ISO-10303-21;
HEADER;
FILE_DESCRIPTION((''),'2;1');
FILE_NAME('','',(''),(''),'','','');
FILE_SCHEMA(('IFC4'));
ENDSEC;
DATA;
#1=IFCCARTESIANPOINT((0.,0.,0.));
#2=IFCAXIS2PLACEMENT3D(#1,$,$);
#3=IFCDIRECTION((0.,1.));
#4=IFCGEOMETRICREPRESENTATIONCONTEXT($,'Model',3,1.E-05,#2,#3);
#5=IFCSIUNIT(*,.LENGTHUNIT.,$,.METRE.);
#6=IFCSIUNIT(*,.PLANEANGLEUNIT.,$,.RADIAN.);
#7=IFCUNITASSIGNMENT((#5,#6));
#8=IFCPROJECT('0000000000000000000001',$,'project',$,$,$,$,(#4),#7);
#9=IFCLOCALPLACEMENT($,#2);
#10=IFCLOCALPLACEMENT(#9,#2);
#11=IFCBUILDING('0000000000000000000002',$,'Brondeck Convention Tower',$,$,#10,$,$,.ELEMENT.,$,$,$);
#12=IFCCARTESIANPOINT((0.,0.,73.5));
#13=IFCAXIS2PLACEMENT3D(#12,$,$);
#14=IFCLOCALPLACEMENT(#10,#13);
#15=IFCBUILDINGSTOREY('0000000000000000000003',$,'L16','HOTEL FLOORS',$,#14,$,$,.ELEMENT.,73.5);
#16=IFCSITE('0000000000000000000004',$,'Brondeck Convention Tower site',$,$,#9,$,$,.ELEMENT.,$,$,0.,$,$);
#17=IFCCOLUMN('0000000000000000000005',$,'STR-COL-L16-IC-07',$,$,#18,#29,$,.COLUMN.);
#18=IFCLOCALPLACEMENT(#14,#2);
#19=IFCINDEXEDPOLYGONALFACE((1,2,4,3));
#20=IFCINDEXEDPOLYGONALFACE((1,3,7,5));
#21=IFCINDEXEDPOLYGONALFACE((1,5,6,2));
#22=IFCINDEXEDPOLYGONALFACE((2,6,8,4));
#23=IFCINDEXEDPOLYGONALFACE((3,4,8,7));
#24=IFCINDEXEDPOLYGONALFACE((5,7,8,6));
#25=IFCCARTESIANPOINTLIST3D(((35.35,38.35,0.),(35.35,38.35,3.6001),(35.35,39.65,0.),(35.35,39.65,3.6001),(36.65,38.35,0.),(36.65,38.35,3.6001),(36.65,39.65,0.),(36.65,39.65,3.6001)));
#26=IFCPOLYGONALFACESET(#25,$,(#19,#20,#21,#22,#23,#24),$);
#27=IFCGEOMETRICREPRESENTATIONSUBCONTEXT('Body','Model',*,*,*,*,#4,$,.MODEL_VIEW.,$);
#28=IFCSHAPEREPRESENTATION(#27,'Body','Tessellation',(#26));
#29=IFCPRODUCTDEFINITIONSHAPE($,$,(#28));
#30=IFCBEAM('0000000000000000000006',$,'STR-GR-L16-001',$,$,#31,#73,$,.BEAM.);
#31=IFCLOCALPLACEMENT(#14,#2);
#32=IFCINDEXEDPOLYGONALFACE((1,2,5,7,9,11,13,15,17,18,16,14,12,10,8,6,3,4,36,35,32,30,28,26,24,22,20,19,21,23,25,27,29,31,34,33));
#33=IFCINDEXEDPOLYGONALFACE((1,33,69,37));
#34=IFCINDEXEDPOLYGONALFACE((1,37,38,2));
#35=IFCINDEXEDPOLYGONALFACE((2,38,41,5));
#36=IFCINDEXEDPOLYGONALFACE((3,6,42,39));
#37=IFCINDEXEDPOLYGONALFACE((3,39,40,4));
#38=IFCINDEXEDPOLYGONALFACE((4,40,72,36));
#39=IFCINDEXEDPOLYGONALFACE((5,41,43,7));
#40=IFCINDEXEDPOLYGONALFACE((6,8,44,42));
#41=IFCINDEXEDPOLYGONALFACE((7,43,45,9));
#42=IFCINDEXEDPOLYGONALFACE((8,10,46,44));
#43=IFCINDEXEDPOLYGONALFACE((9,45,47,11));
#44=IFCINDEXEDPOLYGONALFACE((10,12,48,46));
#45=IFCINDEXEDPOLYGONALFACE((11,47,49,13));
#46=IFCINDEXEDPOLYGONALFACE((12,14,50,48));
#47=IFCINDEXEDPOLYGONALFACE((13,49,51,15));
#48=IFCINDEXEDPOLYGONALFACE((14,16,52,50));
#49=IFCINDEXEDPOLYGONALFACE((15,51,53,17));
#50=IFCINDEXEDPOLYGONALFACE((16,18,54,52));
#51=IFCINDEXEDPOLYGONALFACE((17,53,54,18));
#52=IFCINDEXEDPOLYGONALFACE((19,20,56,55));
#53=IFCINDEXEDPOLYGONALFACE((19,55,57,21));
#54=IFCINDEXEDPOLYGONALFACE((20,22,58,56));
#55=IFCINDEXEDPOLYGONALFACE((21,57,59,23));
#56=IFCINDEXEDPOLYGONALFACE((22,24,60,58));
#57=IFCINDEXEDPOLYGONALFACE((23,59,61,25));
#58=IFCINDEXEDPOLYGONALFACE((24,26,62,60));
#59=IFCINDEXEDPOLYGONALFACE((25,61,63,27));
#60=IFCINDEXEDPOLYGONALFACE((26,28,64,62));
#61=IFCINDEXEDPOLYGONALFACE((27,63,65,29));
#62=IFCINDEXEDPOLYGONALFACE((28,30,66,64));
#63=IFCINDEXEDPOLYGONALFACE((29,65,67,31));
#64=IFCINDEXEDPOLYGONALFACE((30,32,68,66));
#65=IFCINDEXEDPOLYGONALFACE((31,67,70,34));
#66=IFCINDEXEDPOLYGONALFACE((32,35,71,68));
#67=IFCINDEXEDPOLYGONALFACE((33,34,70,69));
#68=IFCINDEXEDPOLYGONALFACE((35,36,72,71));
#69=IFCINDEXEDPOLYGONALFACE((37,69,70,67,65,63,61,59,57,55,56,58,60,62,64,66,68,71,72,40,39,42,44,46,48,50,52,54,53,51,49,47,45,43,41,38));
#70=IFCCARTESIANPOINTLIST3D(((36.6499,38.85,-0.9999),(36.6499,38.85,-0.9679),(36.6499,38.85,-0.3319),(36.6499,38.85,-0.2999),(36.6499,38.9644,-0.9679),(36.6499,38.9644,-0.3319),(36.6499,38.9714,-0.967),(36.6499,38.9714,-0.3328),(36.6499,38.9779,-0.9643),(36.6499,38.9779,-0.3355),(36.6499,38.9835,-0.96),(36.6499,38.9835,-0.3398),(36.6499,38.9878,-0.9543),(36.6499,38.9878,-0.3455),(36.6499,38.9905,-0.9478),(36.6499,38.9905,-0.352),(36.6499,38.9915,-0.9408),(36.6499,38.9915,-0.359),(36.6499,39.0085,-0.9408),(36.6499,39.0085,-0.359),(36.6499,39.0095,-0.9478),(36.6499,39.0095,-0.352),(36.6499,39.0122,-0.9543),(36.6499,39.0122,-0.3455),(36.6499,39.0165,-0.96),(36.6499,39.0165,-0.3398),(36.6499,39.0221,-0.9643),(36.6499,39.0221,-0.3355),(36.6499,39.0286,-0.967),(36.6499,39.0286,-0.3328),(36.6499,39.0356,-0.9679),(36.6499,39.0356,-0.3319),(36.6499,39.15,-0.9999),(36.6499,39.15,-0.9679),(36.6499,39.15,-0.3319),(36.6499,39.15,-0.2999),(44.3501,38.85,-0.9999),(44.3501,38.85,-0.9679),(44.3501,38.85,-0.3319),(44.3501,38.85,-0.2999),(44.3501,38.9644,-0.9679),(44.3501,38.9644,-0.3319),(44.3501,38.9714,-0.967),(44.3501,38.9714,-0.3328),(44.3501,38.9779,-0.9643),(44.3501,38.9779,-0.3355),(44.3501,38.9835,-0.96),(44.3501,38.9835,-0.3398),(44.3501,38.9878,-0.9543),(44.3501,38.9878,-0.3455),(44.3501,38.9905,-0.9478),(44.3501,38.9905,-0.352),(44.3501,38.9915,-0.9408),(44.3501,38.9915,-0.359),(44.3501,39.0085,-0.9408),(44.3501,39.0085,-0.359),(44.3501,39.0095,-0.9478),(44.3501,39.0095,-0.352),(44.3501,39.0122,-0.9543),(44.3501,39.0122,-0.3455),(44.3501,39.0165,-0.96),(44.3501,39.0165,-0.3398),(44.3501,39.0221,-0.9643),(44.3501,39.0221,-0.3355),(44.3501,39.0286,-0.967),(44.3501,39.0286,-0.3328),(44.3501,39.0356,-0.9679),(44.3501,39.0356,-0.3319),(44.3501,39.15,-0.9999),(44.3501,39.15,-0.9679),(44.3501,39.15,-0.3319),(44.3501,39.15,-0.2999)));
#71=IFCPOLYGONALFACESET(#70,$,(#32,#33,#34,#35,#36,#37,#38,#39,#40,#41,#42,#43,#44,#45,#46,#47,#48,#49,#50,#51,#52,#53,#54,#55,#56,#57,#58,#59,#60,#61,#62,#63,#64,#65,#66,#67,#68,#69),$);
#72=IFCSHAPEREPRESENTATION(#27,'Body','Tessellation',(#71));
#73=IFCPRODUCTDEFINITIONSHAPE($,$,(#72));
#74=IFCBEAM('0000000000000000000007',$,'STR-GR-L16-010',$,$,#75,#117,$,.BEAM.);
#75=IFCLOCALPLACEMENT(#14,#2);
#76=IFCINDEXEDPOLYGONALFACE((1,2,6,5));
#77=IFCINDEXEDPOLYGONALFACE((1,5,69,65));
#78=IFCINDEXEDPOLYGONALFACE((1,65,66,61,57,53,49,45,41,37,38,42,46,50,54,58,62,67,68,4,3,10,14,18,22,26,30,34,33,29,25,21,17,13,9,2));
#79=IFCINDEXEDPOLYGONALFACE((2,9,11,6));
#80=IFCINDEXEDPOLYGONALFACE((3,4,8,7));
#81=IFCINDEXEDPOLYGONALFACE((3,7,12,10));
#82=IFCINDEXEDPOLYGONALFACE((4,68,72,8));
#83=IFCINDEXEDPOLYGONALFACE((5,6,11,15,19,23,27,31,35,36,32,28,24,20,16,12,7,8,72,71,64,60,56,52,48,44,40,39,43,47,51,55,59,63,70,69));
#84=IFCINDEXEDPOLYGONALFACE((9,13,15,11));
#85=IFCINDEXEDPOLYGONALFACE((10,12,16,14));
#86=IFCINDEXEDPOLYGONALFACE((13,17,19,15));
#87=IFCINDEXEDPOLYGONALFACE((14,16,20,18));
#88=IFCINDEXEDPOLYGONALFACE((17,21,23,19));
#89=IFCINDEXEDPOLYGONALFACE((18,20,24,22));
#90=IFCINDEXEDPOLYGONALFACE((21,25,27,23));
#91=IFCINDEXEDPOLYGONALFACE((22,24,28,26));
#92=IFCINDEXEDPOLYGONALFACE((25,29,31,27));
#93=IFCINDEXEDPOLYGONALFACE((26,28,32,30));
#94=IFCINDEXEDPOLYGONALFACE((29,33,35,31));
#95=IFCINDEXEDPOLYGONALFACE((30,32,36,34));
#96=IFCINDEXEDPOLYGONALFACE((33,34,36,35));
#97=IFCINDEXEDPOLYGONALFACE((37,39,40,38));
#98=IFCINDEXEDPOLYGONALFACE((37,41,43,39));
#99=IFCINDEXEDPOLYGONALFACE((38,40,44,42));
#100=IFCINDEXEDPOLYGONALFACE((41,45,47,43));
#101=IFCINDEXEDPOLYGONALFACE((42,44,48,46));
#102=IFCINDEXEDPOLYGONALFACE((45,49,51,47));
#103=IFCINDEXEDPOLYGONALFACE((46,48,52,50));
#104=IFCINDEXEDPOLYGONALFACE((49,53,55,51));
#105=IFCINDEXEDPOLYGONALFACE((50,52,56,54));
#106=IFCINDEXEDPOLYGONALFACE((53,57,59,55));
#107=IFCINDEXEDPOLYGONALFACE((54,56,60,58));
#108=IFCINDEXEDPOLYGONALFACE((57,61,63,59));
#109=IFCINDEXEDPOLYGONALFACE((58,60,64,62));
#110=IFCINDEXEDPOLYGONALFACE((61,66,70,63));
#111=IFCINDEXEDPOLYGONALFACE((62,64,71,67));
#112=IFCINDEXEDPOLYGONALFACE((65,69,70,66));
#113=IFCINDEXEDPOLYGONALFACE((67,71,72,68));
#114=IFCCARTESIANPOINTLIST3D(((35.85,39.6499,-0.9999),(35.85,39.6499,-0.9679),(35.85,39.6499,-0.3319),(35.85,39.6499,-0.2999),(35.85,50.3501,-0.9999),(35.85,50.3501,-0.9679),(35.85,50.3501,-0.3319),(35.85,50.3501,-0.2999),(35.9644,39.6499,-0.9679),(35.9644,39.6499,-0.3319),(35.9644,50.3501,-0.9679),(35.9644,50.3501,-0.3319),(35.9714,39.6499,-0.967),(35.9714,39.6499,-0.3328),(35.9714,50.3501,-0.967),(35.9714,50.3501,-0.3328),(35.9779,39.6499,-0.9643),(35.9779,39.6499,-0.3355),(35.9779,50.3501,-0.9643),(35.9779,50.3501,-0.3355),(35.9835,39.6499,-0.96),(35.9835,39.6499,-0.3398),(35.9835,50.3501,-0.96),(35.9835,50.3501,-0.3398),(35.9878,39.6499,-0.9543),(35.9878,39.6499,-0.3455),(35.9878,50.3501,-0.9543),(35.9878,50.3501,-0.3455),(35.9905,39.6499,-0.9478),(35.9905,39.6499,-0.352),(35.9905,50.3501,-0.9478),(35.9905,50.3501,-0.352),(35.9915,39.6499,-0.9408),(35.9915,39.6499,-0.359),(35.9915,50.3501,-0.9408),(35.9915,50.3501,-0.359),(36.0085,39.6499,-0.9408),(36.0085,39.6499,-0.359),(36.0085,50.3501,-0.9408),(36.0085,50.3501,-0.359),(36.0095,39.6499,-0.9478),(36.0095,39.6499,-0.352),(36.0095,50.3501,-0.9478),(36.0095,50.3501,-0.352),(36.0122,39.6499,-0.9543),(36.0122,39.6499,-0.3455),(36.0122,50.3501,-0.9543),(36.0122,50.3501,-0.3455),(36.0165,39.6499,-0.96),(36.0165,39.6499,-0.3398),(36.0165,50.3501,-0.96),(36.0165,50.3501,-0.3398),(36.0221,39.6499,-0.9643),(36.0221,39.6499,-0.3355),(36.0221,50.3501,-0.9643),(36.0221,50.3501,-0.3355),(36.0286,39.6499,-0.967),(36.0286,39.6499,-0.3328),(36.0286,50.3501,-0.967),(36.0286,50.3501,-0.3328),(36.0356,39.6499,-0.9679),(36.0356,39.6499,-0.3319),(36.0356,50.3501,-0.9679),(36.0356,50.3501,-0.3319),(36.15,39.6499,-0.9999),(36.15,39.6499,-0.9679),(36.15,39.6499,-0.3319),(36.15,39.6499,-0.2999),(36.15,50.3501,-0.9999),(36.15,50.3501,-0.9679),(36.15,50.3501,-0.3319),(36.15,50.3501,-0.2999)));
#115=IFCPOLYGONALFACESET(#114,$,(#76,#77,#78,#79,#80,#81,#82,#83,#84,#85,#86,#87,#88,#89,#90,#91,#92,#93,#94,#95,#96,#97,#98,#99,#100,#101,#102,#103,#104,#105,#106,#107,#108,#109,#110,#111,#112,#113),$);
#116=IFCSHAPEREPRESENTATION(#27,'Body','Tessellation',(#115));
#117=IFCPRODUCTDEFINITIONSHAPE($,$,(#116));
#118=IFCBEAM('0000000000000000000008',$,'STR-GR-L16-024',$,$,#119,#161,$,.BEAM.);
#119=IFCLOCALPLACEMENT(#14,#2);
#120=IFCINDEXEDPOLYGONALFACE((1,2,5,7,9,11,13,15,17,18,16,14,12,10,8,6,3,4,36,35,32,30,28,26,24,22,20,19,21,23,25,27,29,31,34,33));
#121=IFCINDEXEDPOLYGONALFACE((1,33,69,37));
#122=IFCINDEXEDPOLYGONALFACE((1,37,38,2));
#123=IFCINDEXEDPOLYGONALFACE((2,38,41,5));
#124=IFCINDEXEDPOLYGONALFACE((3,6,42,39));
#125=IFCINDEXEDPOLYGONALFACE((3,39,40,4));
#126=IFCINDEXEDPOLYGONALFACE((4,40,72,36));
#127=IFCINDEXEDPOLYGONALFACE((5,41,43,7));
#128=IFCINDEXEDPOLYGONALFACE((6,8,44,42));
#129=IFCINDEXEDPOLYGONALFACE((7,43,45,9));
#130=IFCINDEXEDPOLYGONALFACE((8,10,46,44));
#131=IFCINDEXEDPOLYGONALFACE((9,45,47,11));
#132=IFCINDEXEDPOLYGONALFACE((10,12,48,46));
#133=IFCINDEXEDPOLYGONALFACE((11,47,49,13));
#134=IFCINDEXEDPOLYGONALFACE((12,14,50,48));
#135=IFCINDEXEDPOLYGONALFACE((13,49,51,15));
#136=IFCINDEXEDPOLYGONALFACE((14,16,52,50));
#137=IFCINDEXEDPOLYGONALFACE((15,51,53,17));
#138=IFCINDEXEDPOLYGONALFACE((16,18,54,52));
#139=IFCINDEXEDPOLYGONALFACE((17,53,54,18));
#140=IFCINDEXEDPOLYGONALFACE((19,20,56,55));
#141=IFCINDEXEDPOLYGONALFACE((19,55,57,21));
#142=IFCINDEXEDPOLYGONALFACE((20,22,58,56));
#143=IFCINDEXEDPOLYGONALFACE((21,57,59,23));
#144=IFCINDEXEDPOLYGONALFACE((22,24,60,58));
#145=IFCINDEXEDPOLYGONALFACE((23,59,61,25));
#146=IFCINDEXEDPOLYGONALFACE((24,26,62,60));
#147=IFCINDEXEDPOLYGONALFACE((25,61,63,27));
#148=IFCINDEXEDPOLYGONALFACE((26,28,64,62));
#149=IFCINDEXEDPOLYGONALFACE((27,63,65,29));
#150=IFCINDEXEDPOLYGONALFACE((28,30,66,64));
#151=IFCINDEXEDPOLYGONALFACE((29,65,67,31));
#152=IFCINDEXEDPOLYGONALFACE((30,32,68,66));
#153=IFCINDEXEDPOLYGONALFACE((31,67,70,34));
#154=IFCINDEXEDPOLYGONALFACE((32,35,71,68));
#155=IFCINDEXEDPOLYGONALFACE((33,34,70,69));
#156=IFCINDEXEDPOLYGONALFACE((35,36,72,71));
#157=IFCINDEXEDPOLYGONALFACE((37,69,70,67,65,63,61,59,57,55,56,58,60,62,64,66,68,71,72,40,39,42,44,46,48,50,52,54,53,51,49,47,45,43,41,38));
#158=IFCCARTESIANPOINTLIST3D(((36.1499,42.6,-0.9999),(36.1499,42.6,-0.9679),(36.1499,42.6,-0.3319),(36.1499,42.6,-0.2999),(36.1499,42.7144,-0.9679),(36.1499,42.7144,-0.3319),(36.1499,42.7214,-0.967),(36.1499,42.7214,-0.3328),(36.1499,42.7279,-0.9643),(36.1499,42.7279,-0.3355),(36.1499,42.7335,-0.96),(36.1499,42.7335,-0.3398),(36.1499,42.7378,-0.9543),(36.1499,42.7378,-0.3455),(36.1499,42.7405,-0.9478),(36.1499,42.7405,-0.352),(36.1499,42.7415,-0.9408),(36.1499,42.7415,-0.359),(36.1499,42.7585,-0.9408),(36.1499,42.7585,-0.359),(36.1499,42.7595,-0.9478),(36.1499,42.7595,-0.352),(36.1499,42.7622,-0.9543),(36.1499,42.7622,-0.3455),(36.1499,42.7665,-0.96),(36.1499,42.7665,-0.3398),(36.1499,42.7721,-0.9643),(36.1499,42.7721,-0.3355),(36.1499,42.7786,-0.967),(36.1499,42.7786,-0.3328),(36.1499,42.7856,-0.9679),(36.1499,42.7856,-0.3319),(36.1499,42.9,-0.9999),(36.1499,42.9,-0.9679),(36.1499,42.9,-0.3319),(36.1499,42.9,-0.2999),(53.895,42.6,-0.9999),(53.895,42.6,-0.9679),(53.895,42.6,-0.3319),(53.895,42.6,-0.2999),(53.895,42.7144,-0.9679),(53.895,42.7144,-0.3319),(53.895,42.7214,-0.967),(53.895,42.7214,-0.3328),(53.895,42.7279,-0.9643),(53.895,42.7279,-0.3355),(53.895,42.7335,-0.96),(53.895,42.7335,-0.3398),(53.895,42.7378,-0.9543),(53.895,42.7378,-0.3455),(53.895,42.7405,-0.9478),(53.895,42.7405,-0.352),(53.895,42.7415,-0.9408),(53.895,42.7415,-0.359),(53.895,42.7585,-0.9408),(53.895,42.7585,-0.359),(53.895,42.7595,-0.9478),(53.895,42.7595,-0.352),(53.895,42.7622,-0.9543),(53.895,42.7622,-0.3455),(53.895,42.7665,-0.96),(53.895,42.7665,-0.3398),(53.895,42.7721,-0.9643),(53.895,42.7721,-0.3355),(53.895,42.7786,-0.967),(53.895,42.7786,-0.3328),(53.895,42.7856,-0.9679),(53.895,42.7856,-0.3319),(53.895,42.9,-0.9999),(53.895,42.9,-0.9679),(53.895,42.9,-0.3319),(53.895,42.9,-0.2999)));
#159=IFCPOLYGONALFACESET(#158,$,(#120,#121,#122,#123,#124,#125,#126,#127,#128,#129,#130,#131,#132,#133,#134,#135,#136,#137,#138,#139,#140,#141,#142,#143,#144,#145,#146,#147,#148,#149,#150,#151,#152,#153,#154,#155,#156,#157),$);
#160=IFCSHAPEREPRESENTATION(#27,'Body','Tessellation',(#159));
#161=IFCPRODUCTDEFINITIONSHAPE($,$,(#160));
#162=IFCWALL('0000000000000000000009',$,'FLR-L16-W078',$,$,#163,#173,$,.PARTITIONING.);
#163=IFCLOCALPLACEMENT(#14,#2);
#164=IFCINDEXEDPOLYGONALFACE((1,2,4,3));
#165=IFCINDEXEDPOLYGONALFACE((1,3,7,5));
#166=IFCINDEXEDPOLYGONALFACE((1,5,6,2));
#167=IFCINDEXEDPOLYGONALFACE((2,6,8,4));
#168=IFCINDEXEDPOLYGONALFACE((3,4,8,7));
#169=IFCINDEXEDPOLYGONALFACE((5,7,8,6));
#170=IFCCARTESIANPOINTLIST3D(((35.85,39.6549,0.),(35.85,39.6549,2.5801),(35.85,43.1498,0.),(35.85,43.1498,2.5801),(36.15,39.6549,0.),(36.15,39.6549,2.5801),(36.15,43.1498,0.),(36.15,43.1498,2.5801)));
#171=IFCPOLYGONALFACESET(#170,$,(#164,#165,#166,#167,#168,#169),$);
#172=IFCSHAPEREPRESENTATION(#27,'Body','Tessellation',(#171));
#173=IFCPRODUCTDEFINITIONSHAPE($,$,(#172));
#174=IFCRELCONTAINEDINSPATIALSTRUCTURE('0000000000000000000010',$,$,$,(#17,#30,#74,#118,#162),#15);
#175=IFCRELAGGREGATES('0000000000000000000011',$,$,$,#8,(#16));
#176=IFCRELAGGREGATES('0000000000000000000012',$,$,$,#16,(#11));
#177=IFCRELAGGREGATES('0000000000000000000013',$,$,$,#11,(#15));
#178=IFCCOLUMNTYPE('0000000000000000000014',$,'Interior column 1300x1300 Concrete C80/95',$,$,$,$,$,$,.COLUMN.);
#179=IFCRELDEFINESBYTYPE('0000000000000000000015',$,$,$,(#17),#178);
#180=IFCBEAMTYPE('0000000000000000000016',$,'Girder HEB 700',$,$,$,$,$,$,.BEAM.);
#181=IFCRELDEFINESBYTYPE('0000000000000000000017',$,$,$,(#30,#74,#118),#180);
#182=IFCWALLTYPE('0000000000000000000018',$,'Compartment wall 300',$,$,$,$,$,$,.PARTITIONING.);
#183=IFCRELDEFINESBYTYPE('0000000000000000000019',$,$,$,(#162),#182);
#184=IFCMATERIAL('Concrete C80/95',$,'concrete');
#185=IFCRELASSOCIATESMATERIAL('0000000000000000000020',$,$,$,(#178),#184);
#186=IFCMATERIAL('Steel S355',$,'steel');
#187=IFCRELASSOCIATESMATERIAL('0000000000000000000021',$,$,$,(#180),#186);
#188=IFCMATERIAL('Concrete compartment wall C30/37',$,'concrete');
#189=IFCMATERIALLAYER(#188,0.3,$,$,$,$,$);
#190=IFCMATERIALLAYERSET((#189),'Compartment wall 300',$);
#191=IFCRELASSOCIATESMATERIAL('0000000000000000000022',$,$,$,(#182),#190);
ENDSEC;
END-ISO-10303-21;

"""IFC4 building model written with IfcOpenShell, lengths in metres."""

from ifc_helpers import new_model, si_unit, direction, frame, frame_2d, origin, origin_2d, place, context, subcontext, project, spatial, rectangle, i_section, extrude, material, layer, layer_set, material_profile, profile_set, type_object, element, save


model = new_model("IFC4")

# Units and contexts
model_context = context("Model", 3, precision=1e-05, world=origin(), true_north=direction((0.0, 1.0)))
body_context = subcontext(model_context, "Body", "Model", "MODEL_VIEW")
ifc_project = project(units=[si_unit("LENGTHUNIT", "METRE"), si_unit("PLANEANGLEUNIT", "RADIAN")], contexts=[model_context])

# Site, building, storey
site_placement = place(None, origin())
site = spatial("IfcSite", under=ifc_project, at=site_placement, Name="Brondeck Convention Tower site", CompositionType="ELEMENT", RefElevation=0.0)
building_placement = place(site_placement, origin())
building = spatial("IfcBuilding", under=site, at=building_placement, Name="Brondeck Convention Tower", CompositionType="ELEMENT")
storey_placement = place(building_placement, frame((0.0, 0.0, 73.5)))
storey = spatial("IfcBuildingStorey", under=building, at=storey_placement, Name="L16", Description="HOTEL FLOORS", CompositionType="ELEMENT", Elevation=73.5)

# Column
ifc_material_1 = material(Name="Concrete C80/95", Category="concrete")
ifc_material_profile_1 = material_profile(ifc_material_1, rectangle(XDim=1.3, YDim=1.3, at=origin_2d()), Name="Interior column 1300x1300 Concrete C80/95")
ifc_profile_set_1 = profile_set([ifc_material_profile_1], Name="Concrete C80/95")
column_type = type_object("IfcColumnType", Name="Interior column 1300x1300 Concrete C80/95", PredefinedType="COLUMN", material=ifc_profile_set_1)
column_placement = place(storey_placement, frame((36.0, 39.0, 0.0), z_axis=(0.0, 0.0, 1.0), x_axis=(1.0, 0.0, 0.0)))
element("IfcColumn", 1, at=column_placement, inside=storey, type_object=column_type, Name="STR-COL-L16-IC-07", PredefinedType="COLUMN", context=body_context, shape_type="SweptSolid", body=[
    extrude(rectangle(XDim=1.3, YDim=1.3, at=origin_2d()), origin(), (0.0, 0.0, 1.0), 3.6001),
])

# Beams
ifc_material_2 = material(Name="Steel S355", Category="steel")
ifc_material_profile_2 = material_profile(ifc_material_2, i_section(OverallWidth=0.3, OverallDepth=0.7, WebThickness=0.0171, FlangeThickness=0.032, FilletRadius=0.0271, at=origin_2d()), Name="HEB 700")
ifc_profile_set_2 = profile_set([ifc_material_profile_2], Name="Steel S355")
beam_type = type_object("IfcBeamType", Name="Girder HEB 700", PredefinedType="BEAM", material=ifc_profile_set_2)
beam_1_placement = place(storey_placement, frame((36.6499, 39.0, -0.6499), z_axis=(1.0, 0.0, 0.0), x_axis=(0.0, 1.0, 0.0)))
element("IfcBeam", 2, at=beam_1_placement, inside=storey, type_object=beam_type, Name="STR-GR-L16-001", PredefinedType="BEAM", context=body_context, shape_type="SweptSolid", body=[
    extrude(i_section(OverallWidth=0.3, OverallDepth=0.7, WebThickness=0.0171, FlangeThickness=0.032, FilletRadius=0.0271, at=origin_2d()), origin(), (0.0, 0.0, 1.0), 7.7002),
])
beam_2_placement = place(storey_placement, frame((36.0, 39.6499, -0.6499), z_axis=(0.0, 1.0, 0.0), x_axis=(-1.0, 0.0, 0.0)))
element("IfcBeam", 3, at=beam_2_placement, inside=storey, type_object=beam_type, Name="STR-GR-L16-010", PredefinedType="BEAM", context=body_context, shape_type="SweptSolid", body=[
    extrude(i_section(OverallWidth=0.3, OverallDepth=0.7, WebThickness=0.0171, FlangeThickness=0.032, FilletRadius=0.0271, at=origin_2d()), origin(), (0.0, 0.0, 1.0), 10.7002),
])
beam_3_placement = place(storey_placement, frame((36.1499, 42.75, -0.6499), z_axis=(1.0, 0.0, 0.0), x_axis=(0.0, 1.0, 0.0)))
element("IfcBeam", 4, at=beam_3_placement, inside=storey, type_object=beam_type, Name="STR-GR-L16-024", PredefinedType="BEAM", context=body_context, shape_type="SweptSolid", body=[
    extrude(i_section(OverallWidth=0.3, OverallDepth=0.7, WebThickness=0.0171, FlangeThickness=0.032, FilletRadius=0.0271, at=origin_2d()), origin(), (0.0, 0.0, 1.0), 17.7451),
])

# Wall
ifc_material_3 = material(Name="Concrete compartment wall C30/37", Category="concrete")
ifc_layer_1 = layer(ifc_material_3, 0.3)
ifc_layer_set_1 = layer_set([ifc_layer_1], Name="Compartment wall 300")
wall_type_1 = type_object("IfcWallType", Name="Compartment wall 300", PredefinedType="PARTITIONING", material=ifc_layer_set_1)
wall_1_placement = place(storey_placement, frame((36.0, 43.1499, 0.0), z_axis=(0.0, 0.0, 1.0), x_axis=(0.0, -1.0, 0.0)))
element("IfcWall", 5, at=wall_1_placement, inside=storey, type_object=wall_type_1, Name="FLR-L16-W078", PredefinedType="PARTITIONING", context=body_context, shape_type="SweptSolid", body=[
    extrude(rectangle(XDim=3.4949, YDim=0.3, at=frame_2d((1.7476, 0.0))), origin(), (0.0, 0.0, 1.0), 2.5801),
])

save(model, "model.ifc")
